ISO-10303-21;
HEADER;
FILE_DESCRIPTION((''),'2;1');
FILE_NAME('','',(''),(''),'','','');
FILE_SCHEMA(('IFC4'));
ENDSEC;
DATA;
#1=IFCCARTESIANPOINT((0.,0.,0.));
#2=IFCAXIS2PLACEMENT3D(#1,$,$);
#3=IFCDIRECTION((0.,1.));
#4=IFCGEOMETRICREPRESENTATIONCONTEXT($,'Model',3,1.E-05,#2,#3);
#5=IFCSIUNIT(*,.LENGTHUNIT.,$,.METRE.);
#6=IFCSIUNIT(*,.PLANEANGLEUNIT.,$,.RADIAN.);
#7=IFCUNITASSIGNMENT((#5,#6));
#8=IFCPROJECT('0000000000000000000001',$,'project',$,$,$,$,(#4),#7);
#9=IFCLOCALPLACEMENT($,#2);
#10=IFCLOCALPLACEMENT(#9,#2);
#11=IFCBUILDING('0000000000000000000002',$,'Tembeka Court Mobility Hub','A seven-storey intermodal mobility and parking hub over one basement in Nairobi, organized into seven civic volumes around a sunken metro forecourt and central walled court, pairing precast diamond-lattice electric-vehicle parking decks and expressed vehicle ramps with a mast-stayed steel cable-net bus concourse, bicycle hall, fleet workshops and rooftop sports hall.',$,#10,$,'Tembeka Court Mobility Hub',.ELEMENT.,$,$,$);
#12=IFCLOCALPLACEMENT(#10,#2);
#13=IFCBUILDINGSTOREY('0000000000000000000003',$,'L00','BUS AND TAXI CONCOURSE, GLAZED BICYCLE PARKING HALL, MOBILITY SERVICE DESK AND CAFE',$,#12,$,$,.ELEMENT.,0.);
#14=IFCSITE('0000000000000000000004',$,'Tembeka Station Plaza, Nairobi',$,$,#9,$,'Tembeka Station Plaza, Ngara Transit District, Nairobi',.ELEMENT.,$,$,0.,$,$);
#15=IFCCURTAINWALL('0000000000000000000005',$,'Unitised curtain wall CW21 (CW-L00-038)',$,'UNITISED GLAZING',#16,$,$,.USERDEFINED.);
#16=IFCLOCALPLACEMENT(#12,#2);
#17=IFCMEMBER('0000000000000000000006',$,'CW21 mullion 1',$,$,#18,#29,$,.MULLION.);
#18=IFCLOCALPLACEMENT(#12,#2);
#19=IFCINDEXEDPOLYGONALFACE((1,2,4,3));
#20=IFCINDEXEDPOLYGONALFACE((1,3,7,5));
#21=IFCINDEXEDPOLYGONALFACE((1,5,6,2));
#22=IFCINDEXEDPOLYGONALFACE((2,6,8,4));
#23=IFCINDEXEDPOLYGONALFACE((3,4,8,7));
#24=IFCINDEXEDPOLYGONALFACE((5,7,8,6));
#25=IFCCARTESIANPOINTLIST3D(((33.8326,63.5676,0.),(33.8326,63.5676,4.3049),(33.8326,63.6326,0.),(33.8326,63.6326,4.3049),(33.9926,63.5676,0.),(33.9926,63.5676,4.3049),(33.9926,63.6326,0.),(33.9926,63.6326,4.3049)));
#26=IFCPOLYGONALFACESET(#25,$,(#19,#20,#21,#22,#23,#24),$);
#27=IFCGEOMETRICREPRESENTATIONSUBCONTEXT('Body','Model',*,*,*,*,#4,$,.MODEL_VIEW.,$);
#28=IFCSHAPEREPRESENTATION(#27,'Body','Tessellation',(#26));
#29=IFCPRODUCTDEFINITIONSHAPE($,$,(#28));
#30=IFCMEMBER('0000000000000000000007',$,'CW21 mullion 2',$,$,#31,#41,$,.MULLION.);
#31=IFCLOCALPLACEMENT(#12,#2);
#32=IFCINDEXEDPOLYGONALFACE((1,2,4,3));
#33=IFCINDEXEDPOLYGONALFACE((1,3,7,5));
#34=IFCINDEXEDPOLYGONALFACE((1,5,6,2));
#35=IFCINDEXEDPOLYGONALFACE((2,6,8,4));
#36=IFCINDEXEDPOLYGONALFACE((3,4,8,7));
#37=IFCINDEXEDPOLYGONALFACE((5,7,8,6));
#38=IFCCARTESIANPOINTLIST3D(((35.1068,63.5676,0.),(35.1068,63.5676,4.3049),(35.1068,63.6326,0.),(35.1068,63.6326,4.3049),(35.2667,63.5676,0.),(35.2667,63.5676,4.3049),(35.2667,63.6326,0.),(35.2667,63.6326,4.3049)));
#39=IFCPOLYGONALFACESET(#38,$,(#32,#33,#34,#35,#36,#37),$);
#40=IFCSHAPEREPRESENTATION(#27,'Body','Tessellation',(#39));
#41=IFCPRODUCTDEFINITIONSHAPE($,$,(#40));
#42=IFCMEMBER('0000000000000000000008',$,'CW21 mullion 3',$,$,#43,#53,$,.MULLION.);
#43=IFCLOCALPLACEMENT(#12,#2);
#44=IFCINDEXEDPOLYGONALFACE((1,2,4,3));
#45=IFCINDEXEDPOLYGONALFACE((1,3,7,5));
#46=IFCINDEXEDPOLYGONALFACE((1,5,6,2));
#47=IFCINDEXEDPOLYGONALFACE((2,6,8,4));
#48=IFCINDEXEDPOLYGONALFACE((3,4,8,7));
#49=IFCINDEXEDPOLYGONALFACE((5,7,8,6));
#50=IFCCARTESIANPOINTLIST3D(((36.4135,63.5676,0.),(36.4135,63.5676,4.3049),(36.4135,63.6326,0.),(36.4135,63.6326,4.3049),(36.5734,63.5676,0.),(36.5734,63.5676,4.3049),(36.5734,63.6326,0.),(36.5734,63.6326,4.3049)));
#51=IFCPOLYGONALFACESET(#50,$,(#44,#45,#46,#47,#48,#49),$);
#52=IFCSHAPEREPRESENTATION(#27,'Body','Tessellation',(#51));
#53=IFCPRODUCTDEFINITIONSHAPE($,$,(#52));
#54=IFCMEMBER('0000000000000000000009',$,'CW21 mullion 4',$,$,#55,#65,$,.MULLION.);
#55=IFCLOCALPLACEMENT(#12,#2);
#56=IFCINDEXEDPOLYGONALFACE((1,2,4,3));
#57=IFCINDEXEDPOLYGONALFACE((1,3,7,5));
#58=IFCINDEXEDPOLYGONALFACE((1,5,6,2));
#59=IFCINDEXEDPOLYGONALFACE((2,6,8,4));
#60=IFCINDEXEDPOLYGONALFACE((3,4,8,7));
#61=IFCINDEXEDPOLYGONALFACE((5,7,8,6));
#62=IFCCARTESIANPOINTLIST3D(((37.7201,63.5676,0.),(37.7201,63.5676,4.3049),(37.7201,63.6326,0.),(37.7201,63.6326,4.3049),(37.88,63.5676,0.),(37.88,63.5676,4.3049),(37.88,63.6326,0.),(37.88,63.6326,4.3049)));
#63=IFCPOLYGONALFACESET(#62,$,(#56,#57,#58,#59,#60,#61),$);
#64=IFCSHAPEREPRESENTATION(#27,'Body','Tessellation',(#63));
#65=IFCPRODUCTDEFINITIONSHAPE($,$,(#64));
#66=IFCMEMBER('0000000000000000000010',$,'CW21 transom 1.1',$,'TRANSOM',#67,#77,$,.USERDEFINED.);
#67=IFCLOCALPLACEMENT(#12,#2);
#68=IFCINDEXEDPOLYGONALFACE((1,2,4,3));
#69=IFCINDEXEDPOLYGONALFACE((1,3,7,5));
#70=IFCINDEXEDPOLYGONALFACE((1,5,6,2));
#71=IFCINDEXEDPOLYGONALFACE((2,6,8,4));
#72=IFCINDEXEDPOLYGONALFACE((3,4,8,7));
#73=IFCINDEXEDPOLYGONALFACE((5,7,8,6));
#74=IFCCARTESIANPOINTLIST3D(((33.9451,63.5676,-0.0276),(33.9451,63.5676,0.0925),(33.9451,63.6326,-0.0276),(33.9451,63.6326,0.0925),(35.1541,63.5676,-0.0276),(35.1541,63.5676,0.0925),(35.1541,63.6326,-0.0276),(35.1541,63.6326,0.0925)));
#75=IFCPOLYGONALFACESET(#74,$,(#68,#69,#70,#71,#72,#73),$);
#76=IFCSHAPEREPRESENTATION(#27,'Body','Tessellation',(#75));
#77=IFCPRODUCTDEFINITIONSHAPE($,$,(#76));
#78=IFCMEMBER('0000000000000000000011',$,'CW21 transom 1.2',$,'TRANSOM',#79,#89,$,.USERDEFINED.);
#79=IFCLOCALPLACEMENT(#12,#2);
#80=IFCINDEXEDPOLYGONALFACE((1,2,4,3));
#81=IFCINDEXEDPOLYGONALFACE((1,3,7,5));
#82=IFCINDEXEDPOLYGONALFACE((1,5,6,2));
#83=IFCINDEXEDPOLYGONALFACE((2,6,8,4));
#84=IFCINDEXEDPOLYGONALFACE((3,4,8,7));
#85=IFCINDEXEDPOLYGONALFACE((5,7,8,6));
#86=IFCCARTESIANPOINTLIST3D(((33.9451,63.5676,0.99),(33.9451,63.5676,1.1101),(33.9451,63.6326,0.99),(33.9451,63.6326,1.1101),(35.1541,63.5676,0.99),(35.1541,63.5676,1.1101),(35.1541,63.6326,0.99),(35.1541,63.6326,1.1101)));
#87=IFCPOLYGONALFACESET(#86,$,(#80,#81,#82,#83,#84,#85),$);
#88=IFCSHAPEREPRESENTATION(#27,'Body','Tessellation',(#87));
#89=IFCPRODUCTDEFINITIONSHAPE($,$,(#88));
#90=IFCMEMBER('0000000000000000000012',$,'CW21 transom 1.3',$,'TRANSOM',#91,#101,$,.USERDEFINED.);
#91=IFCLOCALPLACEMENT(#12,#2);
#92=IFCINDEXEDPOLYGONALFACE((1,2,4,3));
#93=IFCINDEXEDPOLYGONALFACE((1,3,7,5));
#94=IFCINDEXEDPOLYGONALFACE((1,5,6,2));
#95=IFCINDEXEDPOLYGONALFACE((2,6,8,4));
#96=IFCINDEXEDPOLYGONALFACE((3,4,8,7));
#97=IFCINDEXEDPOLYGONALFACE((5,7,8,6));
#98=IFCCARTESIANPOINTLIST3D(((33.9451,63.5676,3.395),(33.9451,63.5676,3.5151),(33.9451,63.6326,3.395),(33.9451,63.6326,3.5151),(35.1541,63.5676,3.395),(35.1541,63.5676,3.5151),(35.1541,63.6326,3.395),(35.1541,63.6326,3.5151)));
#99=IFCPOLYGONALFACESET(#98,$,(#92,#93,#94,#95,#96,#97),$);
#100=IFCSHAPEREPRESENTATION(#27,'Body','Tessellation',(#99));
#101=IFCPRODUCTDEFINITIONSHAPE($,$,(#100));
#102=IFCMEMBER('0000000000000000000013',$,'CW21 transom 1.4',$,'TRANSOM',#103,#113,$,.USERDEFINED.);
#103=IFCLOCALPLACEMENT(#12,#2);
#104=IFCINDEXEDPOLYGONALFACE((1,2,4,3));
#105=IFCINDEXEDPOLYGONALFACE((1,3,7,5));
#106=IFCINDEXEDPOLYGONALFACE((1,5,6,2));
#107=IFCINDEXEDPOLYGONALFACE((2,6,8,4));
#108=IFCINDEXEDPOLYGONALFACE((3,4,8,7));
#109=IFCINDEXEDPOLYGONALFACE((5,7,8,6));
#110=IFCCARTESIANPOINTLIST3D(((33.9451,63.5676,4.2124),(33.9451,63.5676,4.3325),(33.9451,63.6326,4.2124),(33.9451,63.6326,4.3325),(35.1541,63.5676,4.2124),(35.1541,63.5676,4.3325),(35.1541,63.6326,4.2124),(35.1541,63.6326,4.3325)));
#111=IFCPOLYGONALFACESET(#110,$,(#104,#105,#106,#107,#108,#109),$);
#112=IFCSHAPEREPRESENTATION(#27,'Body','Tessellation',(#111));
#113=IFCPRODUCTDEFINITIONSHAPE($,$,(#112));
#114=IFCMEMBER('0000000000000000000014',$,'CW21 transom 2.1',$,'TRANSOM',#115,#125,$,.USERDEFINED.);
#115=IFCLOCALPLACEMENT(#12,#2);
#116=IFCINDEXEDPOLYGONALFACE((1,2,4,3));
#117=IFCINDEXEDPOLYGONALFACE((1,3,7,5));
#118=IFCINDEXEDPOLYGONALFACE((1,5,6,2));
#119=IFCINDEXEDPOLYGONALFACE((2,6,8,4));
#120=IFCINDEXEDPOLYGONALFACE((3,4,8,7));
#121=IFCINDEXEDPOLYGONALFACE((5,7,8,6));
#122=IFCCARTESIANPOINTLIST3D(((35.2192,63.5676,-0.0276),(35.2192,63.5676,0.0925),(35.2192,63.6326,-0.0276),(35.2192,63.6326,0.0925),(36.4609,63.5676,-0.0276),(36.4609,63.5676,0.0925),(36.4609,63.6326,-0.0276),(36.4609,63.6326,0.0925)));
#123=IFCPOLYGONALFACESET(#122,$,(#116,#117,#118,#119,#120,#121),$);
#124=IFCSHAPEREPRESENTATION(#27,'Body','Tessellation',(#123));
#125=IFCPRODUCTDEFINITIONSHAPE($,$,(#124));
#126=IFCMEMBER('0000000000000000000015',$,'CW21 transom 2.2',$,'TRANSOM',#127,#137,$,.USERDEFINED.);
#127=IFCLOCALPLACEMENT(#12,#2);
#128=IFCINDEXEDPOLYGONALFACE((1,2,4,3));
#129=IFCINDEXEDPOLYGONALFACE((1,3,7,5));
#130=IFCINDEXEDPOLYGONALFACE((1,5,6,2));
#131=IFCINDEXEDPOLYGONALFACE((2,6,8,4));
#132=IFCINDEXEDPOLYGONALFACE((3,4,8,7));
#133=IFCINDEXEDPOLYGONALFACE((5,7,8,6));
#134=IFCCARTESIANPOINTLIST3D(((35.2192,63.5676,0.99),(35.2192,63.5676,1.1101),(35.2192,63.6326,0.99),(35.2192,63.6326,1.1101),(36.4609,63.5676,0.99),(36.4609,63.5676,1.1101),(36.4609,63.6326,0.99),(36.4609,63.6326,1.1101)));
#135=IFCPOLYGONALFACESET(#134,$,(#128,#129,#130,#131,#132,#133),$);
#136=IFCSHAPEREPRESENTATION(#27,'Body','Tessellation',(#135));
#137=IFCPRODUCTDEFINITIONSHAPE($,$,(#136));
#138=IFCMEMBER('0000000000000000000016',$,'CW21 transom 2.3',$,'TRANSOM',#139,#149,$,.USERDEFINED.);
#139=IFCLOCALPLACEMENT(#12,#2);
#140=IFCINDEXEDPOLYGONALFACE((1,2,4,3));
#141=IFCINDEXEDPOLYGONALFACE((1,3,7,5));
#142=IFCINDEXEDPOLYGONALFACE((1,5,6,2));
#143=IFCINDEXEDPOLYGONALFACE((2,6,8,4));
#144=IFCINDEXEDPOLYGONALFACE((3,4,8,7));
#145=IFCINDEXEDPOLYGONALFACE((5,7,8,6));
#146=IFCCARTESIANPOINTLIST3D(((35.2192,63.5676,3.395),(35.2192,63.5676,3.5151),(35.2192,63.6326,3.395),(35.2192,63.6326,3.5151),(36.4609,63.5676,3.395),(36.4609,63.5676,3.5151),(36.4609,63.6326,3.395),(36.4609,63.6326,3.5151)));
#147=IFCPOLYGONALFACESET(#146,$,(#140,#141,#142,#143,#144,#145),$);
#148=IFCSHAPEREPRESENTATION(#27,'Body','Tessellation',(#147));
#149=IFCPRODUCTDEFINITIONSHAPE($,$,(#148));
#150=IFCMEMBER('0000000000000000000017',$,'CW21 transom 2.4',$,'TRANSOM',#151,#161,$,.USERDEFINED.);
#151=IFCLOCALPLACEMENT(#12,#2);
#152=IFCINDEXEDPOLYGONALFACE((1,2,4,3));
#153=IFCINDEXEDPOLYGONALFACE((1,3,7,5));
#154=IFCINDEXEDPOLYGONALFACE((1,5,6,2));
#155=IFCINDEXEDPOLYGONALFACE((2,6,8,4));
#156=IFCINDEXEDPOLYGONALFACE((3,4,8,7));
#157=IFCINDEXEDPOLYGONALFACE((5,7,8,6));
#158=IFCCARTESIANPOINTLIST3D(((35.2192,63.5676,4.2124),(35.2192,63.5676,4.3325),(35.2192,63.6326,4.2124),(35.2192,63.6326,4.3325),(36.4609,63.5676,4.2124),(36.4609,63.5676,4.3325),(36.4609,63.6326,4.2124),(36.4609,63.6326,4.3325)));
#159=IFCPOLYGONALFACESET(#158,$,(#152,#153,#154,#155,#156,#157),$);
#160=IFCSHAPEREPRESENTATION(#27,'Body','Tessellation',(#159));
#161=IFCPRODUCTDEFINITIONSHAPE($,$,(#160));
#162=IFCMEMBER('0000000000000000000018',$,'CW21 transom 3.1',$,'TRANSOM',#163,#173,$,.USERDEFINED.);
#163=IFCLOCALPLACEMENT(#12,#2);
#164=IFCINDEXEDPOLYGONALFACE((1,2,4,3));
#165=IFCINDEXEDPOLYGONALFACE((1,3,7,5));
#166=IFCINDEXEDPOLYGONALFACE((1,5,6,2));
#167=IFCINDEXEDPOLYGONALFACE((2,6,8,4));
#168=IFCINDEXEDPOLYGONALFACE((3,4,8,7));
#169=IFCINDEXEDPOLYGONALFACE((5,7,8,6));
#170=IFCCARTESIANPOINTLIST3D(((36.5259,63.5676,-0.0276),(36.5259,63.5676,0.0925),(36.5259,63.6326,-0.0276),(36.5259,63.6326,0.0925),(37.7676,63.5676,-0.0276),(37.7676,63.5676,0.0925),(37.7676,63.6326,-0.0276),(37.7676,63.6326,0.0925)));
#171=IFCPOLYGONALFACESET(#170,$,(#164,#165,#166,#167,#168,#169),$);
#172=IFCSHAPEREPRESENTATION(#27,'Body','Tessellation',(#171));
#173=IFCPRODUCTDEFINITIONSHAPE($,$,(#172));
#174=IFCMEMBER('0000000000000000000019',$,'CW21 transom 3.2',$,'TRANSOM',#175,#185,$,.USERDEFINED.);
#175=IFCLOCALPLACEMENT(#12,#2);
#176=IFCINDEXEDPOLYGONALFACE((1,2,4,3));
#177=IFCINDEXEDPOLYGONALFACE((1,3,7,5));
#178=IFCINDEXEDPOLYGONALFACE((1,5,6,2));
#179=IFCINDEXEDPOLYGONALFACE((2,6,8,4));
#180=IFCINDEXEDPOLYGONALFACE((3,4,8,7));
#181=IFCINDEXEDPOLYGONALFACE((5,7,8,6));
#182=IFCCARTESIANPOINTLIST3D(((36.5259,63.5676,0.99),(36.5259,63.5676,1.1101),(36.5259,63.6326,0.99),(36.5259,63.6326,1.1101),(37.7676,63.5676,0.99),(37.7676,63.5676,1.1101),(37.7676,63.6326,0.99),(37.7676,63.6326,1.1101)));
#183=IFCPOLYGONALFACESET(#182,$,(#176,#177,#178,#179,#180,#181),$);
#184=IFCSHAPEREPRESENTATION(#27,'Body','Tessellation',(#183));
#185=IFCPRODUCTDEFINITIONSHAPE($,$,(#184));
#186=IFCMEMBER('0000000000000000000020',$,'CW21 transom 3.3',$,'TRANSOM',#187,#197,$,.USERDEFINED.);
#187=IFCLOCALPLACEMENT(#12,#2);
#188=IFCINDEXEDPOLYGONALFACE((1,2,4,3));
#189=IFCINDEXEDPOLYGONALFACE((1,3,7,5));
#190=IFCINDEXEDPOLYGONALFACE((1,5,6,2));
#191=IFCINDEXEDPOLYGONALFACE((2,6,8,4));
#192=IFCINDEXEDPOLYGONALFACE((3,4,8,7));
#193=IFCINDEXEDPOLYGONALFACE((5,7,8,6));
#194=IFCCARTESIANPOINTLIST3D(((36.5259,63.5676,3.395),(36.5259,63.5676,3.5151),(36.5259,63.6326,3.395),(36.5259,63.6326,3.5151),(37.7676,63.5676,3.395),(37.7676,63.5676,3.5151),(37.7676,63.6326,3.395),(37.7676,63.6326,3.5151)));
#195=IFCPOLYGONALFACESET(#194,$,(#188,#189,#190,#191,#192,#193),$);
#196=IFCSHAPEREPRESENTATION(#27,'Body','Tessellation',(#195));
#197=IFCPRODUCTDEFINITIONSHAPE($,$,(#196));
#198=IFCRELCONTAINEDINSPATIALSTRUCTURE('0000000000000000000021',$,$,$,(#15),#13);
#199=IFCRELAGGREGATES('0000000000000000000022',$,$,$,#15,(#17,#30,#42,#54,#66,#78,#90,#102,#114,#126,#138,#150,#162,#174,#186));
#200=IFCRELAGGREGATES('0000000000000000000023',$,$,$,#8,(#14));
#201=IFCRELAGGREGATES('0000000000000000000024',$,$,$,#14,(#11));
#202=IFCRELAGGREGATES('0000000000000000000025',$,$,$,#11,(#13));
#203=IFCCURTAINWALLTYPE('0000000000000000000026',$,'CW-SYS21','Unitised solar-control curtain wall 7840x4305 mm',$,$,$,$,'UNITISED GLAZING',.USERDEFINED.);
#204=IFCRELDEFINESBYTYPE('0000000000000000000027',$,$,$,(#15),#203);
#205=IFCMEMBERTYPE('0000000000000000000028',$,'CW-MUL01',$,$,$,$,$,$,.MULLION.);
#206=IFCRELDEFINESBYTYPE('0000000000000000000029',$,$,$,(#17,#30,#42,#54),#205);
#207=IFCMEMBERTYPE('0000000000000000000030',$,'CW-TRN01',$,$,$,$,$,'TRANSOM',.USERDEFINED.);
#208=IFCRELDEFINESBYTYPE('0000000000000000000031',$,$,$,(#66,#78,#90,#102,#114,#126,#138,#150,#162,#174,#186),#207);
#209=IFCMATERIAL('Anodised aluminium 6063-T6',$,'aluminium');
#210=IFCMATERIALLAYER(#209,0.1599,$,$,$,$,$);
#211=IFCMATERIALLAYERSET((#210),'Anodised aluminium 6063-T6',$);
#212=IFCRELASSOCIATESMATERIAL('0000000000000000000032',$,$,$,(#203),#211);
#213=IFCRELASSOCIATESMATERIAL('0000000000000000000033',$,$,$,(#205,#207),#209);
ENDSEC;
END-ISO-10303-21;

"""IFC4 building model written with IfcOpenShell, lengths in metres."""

from ifc_helpers import new_model, si_unit, direction, frame, origin, origin_2d, place, context, subcontext, project, spatial, rectangle, extrude, material, layer, layer_set, material_profile, profile_set, type_object, element, aggregate, save


model = new_model("IFC4")

# Units and contexts
model_context = context("Model", 3, precision=1e-05, world=origin(), true_north=direction((0.0, 1.0)))
body_context = subcontext(model_context, "Body", "Model", "MODEL_VIEW")
ifc_project = project(units=[si_unit("LENGTHUNIT", "METRE"), si_unit("PLANEANGLEUNIT", "RADIAN")], contexts=[model_context])

# Site, building, storey
site_placement = place(None, origin())
site = spatial("IfcSite", under=ifc_project, at=site_placement, Name="Tembeka Station Plaza, Nairobi", LongName="Tembeka Station Plaza, Ngara Transit District, Nairobi", CompositionType="ELEMENT", RefElevation=0.0)
building_placement = place(site_placement, origin())
building = spatial("IfcBuilding", under=site, at=building_placement, Name="Tembeka Court Mobility Hub", Description="A seven-storey intermodal mobility and parking hub over one basement in Nairobi, organized into seven civic volumes around a sunken metro forecourt and central walled court, pairing precast diamond-lattice electric-vehicle parking decks and expressed vehicle ramps with a mast-stayed steel cable-net bus concourse, bicycle hall, fleet workshops and rooftop sports hall.", LongName="Tembeka Court Mobility Hub", CompositionType="ELEMENT")
storey_placement = place(building_placement, origin())
storey = spatial("IfcBuildingStorey", under=building, at=storey_placement, Name="L00", Description="BUS AND TAXI CONCOURSE, GLAZED BICYCLE PARKING HALL, MOBILITY SERVICE DESK AND CAFE", CompositionType="ELEMENT", Elevation=0.0)

# Curtain wall, members
ifc_material_1 = material(Name="Anodised aluminium 6063-T6", Category="aluminium")
ifc_layer_1 = layer(ifc_material_1, 0.1599)
ifc_layer_set_1 = layer_set([ifc_layer_1], Name="Anodised aluminium 6063-T6")
curtain_wall_type = type_object("IfcCurtainWallType", Name="CW-SYS21", Description="Unitised solar-control curtain wall 7840x4305 mm", ElementType="UNITISED GLAZING", PredefinedType="USERDEFINED", material=ifc_layer_set_1)
curtain_wall_placement = place(storey_placement, origin())
curtain_wall = element("IfcCurtainWall", 1, at=curtain_wall_placement, inside=storey, type_object=curtain_wall_type, Name="Unitised curtain wall CW21 (CW-L00-038)", ObjectType="UNITISED GLAZING", PredefinedType="USERDEFINED")
ifc_material_profile_1 = material_profile(ifc_material_1, rectangle(XDim=0.0649, YDim=0.1599, at=origin_2d()), Name="ALU-MUL 65x160")
ifc_profile_set_1 = profile_set([ifc_material_profile_1], Name="Anodised aluminium 6063-T6")
member_type_1 = type_object("IfcMemberType", Name="CW-MUL01", PredefinedType="MULLION", material=ifc_profile_set_1)
member_1_placement = place(storey_placement, frame((33.9126, 63.6001, 0.0), z_axis=(0.0, 0.0, 1.0), x_axis=(0.0, 1.0, 0.0)))
member_1 = element("IfcMember", 2, at=member_1_placement, type_object=member_type_1, Name="CW21 mullion 1", PredefinedType="MULLION", context=body_context, shape_type="SweptSolid", body=[
    extrude(rectangle(XDim=0.0649, YDim=0.1599, at=origin_2d()), origin(), (0.0, 0.0, 1.0), 4.3049),
])
member_2_placement = place(storey_placement, frame((35.1868, 63.6001, 0.0), z_axis=(0.0, 0.0, 1.0), x_axis=(0.0, 1.0, 0.0)))
member_2 = element("IfcMember", 3, at=member_2_placement, type_object=member_type_1, Name="CW21 mullion 2", PredefinedType="MULLION", context=body_context, shape_type="SweptSolid", body=[
    extrude(rectangle(XDim=0.0649, YDim=0.1599, at=origin_2d()), origin(), (0.0, 0.0, 1.0), 4.3049),
])
member_3_placement = place(storey_placement, frame((36.4934, 63.6001, 0.0), z_axis=(0.0, 0.0, 1.0), x_axis=(0.0, 1.0, 0.0)))
member_3 = element("IfcMember", 4, at=member_3_placement, type_object=member_type_1, Name="CW21 mullion 3", PredefinedType="MULLION", context=body_context, shape_type="SweptSolid", body=[
    extrude(rectangle(XDim=0.0649, YDim=0.1599, at=origin_2d()), origin(), (0.0, 0.0, 1.0), 4.3049),
])
member_4_placement = place(storey_placement, frame((37.8, 63.6001, 0.0), z_axis=(0.0, 0.0, 1.0), x_axis=(0.0, 1.0, 0.0)))
member_4 = element("IfcMember", 5, at=member_4_placement, type_object=member_type_1, Name="CW21 mullion 4", PredefinedType="MULLION", context=body_context, shape_type="SweptSolid", body=[
    extrude(rectangle(XDim=0.0649, YDim=0.1599, at=origin_2d()), origin(), (0.0, 0.0, 1.0), 4.3049),
])
ifc_material_profile_2 = material_profile(ifc_material_1, rectangle(XDim=0.0649, YDim=0.1201, at=origin_2d()), Name="ALU-TRN 65x120")
ifc_profile_set_2 = profile_set([ifc_material_profile_2], Name="Anodised aluminium 6063-T6")
member_type_2 = type_object("IfcMemberType", Name="CW-TRN01", ElementType="TRANSOM", PredefinedType="USERDEFINED", material=ifc_profile_set_2)
member_5_placement = place(storey_placement, frame((33.9451, 63.6001, 0.0325), z_axis=(1.0, 0.0, 0.0), x_axis=(0.0, 1.0, 0.0)))
member_5 = element("IfcMember", 6, at=member_5_placement, type_object=member_type_2, Name="CW21 transom 1.1", ObjectType="TRANSOM", PredefinedType="USERDEFINED", context=body_context, shape_type="SweptSolid", body=[
    extrude(rectangle(XDim=0.0649, YDim=0.1201, at=origin_2d()), origin(), (0.0, 0.0, 1.0), 1.209),
])
member_6_placement = place(storey_placement, frame((33.9451, 63.6001, 1.05), z_axis=(1.0, 0.0, 0.0), x_axis=(0.0, 1.0, 0.0)))
member_6 = element("IfcMember", 7, at=member_6_placement, type_object=member_type_2, Name="CW21 transom 1.2", ObjectType="TRANSOM", PredefinedType="USERDEFINED", context=body_context, shape_type="SweptSolid", body=[
    extrude(rectangle(XDim=0.0649, YDim=0.1201, at=origin_2d()), origin(), (0.0, 0.0, 1.0), 1.209),
])
member_7_placement = place(storey_placement, frame((33.9451, 63.6001, 3.4551), z_axis=(1.0, 0.0, 0.0), x_axis=(0.0, 1.0, 0.0)))
member_7 = element("IfcMember", 8, at=member_7_placement, type_object=member_type_2, Name="CW21 transom 1.3", ObjectType="TRANSOM", PredefinedType="USERDEFINED", context=body_context, shape_type="SweptSolid", body=[
    extrude(rectangle(XDim=0.0649, YDim=0.1201, at=origin_2d()), origin(), (0.0, 0.0, 1.0), 1.209),
])
member_8_placement = place(storey_placement, frame((33.9451, 63.6001, 4.2725), z_axis=(1.0, 0.0, 0.0), x_axis=(0.0, 1.0, 0.0)))
member_8 = element("IfcMember", 9, at=member_8_placement, type_object=member_type_2, Name="CW21 transom 1.4", ObjectType="TRANSOM", PredefinedType="USERDEFINED", context=body_context, shape_type="SweptSolid", body=[
    extrude(rectangle(XDim=0.0649, YDim=0.1201, at=origin_2d()), origin(), (0.0, 0.0, 1.0), 1.209),
])
member_9_placement = place(storey_placement, frame((35.2192, 63.6001, 0.0325), z_axis=(1.0, 0.0, 0.0), x_axis=(0.0, 1.0, 0.0)))
member_9 = element("IfcMember", 10, at=member_9_placement, type_object=member_type_2, Name="CW21 transom 2.1", ObjectType="TRANSOM", PredefinedType="USERDEFINED", context=body_context, shape_type="SweptSolid", body=[
    extrude(rectangle(XDim=0.0649, YDim=0.1201, at=origin_2d()), origin(), (0.0, 0.0, 1.0), 1.2417),
])
member_10_placement = place(storey_placement, frame((35.2192, 63.6001, 1.05), z_axis=(1.0, 0.0, 0.0), x_axis=(0.0, 1.0, 0.0)))
member_10 = element("IfcMember", 11, at=member_10_placement, type_object=member_type_2, Name="CW21 transom 2.2", ObjectType="TRANSOM", PredefinedType="USERDEFINED", context=body_context, shape_type="SweptSolid", body=[
    extrude(rectangle(XDim=0.0649, YDim=0.1201, at=origin_2d()), origin(), (0.0, 0.0, 1.0), 1.2417),
])
member_11_placement = place(storey_placement, frame((35.2192, 63.6001, 3.4551), z_axis=(1.0, 0.0, 0.0), x_axis=(0.0, 1.0, 0.0)))
member_11 = element("IfcMember", 12, at=member_11_placement, type_object=member_type_2, Name="CW21 transom 2.3", ObjectType="TRANSOM", PredefinedType="USERDEFINED", context=body_context, shape_type="SweptSolid", body=[
    extrude(rectangle(XDim=0.0649, YDim=0.1201, at=origin_2d()), origin(), (0.0, 0.0, 1.0), 1.2417),
])
member_12_placement = place(storey_placement, frame((35.2192, 63.6001, 4.2725), z_axis=(1.0, 0.0, 0.0), x_axis=(0.0, 1.0, 0.0)))
member_12 = element("IfcMember", 13, at=member_12_placement, type_object=member_type_2, Name="CW21 transom 2.4", ObjectType="TRANSOM", PredefinedType="USERDEFINED", context=body_context, shape_type="SweptSolid", body=[
    extrude(rectangle(XDim=0.0649, YDim=0.1201, at=origin_2d()), origin(), (0.0, 0.0, 1.0), 1.2417),
])
member_13_placement = place(storey_placement, frame((36.5259, 63.6001, 0.0325), z_axis=(1.0, 0.0, 0.0), x_axis=(0.0, 1.0, 0.0)))
member_13 = element("IfcMember", 14, at=member_13_placement, type_object=member_type_2, Name="CW21 transom 3.1", ObjectType="TRANSOM", PredefinedType="USERDEFINED", context=body_context, shape_type="SweptSolid", body=[
    extrude(rectangle(XDim=0.0649, YDim=0.1201, at=origin_2d()), origin(), (0.0, 0.0, 1.0), 1.2417),
])
member_14_placement = place(storey_placement, frame((36.5259, 63.6001, 1.05), z_axis=(1.0, 0.0, 0.0), x_axis=(0.0, 1.0, 0.0)))
member_14 = element("IfcMember", 15, at=member_14_placement, type_object=member_type_2, Name="CW21 transom 3.2", ObjectType="TRANSOM", PredefinedType="USERDEFINED", context=body_context, shape_type="SweptSolid", body=[
    extrude(rectangle(XDim=0.0649, YDim=0.1201, at=origin_2d()), origin(), (0.0, 0.0, 1.0), 1.2417),
])
member_15_placement = place(storey_placement, frame((36.5259, 63.6001, 3.4551), z_axis=(1.0, 0.0, 0.0), x_axis=(0.0, 1.0, 0.0)))
member_15 = element("IfcMember", 16, at=member_15_placement, type_object=member_type_2, Name="CW21 transom 3.3", ObjectType="TRANSOM", PredefinedType="USERDEFINED", context=body_context, shape_type="SweptSolid", body=[
    extrude(rectangle(XDim=0.0649, YDim=0.1201, at=origin_2d()), origin(), (0.0, 0.0, 1.0), 1.2417),
])
aggregate(curtain_wall, [member_1, member_2, member_3, member_4, member_5, member_6, member_7, member_8, member_9, member_10, member_11, member_12, member_13, member_14, member_15])

save(model, "model.ifc")
